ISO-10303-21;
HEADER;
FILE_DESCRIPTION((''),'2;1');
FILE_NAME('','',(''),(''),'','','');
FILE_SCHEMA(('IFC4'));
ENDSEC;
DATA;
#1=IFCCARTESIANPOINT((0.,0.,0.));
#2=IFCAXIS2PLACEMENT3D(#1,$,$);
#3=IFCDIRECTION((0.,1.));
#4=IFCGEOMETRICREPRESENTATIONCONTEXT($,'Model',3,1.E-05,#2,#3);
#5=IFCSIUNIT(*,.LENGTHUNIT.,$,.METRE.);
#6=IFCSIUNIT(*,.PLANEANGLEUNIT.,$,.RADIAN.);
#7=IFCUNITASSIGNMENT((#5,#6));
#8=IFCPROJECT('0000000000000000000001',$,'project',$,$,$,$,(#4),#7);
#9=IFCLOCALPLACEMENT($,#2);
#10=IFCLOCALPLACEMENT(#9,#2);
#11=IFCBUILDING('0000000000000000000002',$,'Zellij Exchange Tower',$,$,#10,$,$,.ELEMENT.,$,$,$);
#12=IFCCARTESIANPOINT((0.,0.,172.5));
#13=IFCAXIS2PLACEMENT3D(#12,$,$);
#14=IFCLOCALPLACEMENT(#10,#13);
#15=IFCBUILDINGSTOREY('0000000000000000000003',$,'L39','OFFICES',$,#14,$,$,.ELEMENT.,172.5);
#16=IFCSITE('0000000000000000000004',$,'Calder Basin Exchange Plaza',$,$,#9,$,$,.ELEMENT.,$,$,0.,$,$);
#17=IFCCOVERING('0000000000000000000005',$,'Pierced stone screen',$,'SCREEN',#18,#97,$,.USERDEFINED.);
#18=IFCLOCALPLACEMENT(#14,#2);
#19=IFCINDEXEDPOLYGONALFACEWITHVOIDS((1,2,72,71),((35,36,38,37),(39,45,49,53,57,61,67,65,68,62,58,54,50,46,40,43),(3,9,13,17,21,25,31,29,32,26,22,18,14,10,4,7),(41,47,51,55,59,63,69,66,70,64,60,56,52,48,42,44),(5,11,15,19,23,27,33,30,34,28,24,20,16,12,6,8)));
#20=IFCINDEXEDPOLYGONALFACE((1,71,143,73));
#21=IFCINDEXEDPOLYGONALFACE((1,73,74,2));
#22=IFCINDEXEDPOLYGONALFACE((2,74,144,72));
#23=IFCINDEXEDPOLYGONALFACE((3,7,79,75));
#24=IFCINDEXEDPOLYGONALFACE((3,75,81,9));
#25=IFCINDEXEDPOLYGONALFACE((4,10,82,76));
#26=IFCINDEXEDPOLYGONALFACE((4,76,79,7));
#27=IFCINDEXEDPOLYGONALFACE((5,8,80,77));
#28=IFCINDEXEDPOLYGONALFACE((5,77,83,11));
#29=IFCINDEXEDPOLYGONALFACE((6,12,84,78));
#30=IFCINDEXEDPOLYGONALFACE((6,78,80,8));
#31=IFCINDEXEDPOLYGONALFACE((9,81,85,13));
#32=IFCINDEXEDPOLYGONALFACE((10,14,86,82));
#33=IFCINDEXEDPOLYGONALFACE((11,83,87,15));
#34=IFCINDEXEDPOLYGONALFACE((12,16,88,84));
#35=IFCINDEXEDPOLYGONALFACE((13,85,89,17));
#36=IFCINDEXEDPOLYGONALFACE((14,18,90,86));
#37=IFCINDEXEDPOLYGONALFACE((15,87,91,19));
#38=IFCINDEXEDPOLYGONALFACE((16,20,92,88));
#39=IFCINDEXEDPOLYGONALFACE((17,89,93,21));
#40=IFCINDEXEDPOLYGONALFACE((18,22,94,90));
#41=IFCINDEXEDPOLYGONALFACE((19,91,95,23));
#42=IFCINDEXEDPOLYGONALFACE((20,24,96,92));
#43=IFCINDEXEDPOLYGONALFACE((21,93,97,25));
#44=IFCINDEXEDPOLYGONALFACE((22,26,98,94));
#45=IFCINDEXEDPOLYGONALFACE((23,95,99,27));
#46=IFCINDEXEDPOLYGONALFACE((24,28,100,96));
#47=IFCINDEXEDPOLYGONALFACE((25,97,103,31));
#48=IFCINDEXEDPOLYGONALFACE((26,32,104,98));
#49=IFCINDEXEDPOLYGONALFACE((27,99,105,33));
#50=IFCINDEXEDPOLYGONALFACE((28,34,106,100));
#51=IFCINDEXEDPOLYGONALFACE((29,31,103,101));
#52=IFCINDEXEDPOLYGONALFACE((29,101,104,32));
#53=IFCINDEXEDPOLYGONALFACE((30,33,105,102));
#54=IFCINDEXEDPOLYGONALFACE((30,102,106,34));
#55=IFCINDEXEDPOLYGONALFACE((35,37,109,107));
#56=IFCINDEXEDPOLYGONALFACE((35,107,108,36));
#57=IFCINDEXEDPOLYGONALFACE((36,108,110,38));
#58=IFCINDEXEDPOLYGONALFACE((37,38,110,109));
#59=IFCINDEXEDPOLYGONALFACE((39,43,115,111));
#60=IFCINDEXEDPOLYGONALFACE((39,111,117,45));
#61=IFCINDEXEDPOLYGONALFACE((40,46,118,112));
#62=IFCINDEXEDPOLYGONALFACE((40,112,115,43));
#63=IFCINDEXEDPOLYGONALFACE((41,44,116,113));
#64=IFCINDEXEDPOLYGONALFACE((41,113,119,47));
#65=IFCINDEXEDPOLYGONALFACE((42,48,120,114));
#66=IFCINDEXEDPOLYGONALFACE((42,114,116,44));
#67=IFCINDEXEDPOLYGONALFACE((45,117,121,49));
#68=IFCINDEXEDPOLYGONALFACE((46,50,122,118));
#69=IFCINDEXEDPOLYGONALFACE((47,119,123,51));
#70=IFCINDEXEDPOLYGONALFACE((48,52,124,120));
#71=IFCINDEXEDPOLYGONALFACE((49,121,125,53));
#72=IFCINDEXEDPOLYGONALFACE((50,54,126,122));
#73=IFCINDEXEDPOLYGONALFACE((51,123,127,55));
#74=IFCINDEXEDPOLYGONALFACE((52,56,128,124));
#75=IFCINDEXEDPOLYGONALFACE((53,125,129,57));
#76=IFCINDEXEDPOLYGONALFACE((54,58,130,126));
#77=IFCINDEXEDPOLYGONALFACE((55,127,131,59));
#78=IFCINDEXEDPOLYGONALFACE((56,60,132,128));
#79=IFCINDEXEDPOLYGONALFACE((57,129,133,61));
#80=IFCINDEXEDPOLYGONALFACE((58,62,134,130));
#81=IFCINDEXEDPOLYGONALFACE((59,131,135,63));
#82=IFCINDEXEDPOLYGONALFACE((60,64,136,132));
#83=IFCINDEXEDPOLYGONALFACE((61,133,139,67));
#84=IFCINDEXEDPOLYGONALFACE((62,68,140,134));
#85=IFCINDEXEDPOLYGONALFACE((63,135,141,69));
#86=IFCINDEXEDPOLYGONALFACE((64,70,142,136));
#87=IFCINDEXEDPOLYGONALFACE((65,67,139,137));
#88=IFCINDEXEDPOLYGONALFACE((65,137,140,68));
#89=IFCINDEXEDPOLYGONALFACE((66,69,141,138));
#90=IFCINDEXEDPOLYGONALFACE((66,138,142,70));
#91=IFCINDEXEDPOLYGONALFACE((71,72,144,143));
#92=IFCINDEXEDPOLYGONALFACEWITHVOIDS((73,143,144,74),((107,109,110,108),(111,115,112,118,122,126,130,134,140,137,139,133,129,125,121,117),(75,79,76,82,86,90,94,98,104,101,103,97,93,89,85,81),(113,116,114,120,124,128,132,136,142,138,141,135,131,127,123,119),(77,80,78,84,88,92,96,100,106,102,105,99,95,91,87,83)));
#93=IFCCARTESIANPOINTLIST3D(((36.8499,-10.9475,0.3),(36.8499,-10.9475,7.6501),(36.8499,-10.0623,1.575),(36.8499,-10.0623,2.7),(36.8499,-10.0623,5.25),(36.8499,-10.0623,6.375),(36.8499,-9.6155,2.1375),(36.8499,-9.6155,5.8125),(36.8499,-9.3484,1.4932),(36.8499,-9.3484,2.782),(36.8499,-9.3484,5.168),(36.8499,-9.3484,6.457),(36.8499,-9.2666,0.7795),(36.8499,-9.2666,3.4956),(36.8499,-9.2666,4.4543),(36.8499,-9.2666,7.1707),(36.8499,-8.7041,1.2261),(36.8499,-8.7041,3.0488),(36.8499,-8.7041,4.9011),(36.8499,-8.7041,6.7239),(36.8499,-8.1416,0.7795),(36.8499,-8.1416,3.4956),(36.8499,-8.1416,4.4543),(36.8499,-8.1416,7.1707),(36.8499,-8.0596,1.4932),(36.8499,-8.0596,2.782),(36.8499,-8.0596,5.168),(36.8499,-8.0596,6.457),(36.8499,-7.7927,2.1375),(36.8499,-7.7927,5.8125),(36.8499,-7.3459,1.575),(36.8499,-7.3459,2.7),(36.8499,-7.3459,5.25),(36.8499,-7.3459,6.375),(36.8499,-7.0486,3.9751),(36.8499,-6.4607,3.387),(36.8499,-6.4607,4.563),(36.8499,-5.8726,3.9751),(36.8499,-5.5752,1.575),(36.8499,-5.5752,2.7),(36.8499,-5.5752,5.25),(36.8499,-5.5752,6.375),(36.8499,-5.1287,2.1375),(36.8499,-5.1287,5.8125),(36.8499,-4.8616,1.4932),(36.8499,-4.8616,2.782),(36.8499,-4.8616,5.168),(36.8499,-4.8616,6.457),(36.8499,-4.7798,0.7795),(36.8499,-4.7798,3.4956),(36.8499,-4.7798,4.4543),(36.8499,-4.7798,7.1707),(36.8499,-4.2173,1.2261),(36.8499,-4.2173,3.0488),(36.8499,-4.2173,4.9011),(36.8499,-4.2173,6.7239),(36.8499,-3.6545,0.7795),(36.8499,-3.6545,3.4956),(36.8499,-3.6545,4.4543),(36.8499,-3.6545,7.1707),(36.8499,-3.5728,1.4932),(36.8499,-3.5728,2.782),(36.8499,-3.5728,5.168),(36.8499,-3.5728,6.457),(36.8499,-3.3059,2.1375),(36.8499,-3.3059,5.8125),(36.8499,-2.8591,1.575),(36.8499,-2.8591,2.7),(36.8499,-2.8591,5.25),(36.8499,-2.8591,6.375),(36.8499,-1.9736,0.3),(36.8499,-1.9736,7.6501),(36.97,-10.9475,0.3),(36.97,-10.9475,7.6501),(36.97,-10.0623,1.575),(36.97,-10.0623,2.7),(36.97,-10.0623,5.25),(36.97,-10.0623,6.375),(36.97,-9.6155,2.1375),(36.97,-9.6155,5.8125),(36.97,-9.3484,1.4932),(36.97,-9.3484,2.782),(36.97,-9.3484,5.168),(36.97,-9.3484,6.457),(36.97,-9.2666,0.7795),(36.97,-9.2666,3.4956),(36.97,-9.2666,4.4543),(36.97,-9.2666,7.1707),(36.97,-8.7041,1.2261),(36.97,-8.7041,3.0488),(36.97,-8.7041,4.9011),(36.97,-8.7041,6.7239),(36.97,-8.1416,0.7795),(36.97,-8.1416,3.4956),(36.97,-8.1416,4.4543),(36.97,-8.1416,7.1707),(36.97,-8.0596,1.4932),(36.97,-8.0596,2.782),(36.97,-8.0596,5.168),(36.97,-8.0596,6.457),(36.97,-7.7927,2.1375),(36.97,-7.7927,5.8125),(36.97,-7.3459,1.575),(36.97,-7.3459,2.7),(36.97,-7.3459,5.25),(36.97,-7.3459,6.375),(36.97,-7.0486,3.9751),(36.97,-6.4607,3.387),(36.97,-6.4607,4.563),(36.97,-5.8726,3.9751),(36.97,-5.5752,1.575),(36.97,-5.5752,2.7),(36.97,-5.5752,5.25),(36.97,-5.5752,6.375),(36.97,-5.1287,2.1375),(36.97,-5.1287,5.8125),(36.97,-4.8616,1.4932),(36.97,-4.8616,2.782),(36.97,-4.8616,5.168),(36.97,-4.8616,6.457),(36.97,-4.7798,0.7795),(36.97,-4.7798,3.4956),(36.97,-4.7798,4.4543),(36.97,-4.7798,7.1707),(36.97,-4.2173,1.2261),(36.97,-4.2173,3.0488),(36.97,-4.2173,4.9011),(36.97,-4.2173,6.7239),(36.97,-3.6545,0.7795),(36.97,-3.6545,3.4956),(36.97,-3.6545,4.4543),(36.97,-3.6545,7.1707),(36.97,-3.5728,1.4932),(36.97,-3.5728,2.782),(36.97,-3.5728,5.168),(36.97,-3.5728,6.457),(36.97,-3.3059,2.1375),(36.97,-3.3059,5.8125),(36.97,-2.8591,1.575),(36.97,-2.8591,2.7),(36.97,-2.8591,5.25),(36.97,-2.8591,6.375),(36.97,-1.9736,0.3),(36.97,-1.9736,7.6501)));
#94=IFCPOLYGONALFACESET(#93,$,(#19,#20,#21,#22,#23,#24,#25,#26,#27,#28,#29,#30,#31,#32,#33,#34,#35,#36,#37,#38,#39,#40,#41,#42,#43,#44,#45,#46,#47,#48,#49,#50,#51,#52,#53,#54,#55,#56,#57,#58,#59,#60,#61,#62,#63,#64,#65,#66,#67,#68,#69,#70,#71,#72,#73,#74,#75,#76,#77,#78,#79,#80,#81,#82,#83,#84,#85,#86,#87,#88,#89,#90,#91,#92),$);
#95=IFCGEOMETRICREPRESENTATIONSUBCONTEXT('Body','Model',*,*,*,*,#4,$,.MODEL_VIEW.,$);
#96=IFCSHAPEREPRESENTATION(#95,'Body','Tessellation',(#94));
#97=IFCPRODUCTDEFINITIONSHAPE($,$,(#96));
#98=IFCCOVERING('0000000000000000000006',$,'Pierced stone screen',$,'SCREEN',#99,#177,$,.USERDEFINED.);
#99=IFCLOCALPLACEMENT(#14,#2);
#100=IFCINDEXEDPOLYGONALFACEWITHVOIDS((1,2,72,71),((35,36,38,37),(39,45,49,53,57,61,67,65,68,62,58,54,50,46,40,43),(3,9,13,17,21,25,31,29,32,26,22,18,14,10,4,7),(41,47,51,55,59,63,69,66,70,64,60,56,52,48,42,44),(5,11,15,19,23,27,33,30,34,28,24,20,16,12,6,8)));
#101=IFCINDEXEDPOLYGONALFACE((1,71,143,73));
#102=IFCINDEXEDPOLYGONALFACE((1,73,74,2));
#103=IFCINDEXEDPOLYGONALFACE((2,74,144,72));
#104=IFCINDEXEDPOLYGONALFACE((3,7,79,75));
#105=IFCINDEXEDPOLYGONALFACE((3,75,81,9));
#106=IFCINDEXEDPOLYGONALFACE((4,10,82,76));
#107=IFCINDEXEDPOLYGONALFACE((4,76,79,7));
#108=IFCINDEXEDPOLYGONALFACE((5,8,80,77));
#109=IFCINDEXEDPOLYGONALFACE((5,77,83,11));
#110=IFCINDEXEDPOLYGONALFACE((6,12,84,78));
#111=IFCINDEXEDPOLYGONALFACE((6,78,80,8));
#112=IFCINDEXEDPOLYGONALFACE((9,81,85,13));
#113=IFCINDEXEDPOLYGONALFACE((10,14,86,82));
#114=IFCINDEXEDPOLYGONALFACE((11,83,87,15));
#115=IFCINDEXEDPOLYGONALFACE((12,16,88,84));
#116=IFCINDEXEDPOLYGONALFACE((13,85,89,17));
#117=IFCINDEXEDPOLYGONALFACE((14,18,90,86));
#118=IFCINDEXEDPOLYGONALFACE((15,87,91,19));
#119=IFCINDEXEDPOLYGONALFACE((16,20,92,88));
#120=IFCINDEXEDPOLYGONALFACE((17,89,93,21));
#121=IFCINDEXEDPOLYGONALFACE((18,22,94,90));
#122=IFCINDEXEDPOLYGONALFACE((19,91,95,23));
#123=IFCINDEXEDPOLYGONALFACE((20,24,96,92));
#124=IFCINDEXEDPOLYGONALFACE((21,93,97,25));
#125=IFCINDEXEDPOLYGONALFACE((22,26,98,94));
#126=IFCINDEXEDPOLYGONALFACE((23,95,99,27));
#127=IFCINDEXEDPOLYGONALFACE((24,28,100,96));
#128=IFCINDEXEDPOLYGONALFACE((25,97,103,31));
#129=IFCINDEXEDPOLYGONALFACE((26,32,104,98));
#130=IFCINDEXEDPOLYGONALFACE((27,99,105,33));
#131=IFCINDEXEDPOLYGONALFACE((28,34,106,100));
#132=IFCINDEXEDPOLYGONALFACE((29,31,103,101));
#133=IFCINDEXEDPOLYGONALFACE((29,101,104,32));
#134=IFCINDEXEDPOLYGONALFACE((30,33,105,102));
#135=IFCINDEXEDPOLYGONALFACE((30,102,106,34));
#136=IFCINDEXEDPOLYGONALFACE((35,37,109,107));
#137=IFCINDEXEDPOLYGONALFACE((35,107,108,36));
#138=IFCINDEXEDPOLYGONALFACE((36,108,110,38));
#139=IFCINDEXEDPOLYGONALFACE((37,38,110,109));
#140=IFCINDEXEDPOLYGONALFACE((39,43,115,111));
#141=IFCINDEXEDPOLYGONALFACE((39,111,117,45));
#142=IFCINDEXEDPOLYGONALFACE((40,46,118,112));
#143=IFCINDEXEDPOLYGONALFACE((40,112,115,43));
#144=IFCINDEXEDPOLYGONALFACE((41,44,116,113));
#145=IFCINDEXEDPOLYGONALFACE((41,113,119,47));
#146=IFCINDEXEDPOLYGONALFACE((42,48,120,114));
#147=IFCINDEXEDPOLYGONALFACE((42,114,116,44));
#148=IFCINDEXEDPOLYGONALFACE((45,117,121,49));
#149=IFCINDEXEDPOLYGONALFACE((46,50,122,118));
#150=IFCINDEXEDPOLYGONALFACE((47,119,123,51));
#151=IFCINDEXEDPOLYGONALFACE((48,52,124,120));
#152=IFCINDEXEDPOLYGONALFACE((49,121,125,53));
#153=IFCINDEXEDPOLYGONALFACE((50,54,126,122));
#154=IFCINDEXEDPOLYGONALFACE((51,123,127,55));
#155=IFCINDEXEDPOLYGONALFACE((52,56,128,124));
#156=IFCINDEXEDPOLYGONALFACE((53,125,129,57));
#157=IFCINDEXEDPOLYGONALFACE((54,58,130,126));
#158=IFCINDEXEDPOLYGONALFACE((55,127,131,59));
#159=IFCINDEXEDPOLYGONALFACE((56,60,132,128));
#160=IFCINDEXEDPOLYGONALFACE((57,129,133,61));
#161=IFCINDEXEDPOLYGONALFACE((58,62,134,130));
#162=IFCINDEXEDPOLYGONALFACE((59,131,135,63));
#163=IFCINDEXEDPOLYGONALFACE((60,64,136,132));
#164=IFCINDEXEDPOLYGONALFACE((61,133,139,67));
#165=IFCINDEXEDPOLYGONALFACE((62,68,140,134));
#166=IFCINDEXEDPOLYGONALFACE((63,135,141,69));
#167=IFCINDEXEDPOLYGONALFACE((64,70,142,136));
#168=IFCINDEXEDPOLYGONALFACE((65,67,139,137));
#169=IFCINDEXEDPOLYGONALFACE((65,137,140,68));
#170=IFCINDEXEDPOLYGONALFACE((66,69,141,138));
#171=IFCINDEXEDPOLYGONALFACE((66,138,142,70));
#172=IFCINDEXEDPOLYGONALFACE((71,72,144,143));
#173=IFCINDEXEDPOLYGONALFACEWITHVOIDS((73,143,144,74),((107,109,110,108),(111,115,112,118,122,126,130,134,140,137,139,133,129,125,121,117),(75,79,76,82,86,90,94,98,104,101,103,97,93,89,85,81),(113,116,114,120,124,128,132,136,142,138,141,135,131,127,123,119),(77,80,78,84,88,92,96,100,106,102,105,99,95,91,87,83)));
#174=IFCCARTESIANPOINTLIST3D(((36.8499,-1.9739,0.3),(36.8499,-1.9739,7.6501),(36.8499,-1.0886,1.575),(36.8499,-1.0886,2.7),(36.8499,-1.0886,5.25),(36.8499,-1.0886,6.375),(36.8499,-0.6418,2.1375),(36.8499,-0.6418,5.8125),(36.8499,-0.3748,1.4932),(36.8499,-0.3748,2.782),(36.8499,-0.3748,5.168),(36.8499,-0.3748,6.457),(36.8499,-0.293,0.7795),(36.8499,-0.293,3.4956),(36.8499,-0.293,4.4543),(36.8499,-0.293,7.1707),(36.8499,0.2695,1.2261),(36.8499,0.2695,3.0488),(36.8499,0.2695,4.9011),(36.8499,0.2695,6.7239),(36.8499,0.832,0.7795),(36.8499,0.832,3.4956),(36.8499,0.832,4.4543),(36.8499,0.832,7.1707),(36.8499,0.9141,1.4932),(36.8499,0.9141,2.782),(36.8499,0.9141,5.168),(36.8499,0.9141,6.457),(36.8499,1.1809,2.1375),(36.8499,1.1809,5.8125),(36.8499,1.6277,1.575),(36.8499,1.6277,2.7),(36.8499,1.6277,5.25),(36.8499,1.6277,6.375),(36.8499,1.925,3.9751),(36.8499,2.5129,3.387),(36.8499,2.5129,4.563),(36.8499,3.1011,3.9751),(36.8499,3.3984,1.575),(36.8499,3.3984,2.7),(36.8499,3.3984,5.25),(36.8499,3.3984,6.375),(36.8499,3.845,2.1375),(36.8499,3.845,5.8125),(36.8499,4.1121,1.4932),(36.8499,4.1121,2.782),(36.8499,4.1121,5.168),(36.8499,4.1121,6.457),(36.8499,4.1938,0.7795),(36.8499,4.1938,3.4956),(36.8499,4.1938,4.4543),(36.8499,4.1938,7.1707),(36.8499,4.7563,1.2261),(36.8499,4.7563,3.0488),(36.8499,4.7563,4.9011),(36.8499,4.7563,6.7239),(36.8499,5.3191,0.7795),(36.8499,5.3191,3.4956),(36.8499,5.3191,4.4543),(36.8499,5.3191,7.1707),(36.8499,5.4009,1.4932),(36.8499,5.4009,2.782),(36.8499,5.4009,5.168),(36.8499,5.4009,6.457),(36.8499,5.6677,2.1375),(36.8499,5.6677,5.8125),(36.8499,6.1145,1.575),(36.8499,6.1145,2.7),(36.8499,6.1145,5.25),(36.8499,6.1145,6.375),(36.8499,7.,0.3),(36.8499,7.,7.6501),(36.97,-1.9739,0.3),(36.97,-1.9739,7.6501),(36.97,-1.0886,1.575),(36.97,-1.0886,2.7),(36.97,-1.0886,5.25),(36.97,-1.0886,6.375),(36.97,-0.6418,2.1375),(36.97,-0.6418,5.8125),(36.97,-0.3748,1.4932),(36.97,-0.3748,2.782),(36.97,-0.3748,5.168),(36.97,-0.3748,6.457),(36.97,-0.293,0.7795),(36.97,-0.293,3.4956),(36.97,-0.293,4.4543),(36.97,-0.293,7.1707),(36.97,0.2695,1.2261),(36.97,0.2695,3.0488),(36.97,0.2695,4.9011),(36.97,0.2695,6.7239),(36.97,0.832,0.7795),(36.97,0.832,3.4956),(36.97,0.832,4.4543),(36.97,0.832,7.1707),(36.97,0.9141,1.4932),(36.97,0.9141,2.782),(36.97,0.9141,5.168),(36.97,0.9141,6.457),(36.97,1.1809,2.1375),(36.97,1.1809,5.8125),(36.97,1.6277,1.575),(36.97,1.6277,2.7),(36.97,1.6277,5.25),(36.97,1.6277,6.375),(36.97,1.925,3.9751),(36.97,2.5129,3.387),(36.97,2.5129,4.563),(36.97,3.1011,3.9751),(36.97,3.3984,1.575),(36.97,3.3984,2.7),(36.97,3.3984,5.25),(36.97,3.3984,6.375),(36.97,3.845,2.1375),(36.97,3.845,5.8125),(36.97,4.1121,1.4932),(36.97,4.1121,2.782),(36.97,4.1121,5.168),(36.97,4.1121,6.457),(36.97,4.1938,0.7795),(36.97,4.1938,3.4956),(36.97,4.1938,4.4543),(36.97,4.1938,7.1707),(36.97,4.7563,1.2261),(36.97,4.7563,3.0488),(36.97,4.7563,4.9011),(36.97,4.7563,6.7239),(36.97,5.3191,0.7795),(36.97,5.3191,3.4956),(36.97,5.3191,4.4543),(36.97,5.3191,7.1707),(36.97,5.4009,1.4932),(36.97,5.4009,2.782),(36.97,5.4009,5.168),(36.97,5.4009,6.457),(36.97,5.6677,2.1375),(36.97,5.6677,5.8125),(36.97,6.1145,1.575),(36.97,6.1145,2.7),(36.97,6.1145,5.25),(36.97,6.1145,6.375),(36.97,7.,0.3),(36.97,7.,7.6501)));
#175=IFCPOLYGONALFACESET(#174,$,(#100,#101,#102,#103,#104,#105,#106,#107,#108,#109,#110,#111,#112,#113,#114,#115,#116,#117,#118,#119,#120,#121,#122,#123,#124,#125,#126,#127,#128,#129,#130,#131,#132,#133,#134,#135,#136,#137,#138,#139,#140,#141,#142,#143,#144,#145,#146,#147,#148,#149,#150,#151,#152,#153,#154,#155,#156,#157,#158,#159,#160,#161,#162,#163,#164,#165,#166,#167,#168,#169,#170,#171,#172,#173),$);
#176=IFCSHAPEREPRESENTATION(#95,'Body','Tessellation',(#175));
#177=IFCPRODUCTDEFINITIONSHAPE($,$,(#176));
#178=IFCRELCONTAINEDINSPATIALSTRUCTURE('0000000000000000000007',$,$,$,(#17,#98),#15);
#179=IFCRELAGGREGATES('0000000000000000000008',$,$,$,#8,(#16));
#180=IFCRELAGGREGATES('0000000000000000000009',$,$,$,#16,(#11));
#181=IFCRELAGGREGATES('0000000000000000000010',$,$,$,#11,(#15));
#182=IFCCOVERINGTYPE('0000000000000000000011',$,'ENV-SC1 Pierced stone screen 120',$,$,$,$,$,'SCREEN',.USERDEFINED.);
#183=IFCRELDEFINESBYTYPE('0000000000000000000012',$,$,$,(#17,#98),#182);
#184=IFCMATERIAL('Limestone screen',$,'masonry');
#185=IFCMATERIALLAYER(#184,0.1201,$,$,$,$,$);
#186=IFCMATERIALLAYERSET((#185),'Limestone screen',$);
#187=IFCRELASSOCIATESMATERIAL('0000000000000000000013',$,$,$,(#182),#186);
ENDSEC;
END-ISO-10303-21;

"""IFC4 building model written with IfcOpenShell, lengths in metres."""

from ifc_helpers import new_model, si_unit, direction, frame, origin, place, context, subcontext, project, spatial, polyline, outline, extrude, material, layer, layer_set, type_object, element, save


model = new_model("IFC4")

# Units and contexts
model_context = context("Model", 3, precision=1e-05, world=origin(), true_north=direction((0.0, 1.0)))
body_context = subcontext(model_context, "Body", "Model", "MODEL_VIEW")
ifc_project = project(units=[si_unit("LENGTHUNIT", "METRE"), si_unit("PLANEANGLEUNIT", "RADIAN")], contexts=[model_context])

# Site, building, storey
site_placement = place(None, origin())
site = spatial("IfcSite", under=ifc_project, at=site_placement, Name="Calder Basin Exchange Plaza", CompositionType="ELEMENT", RefElevation=0.0)
building_placement = place(site_placement, origin())
building = spatial("IfcBuilding", under=site, at=building_placement, Name="Zellij Exchange Tower", CompositionType="ELEMENT")
storey_placement = place(building_placement, frame((0.0, 0.0, 172.5)))
storey = spatial("IfcBuildingStorey", under=building, at=storey_placement, Name="L39", Description="OFFICES", CompositionType="ELEMENT", Elevation=172.5)

# Coverings
ifc_material_1 = material(Name="Limestone screen", Category="masonry")
ifc_layer_1 = layer(ifc_material_1, 0.1201)
ifc_layer_set_1 = layer_set([ifc_layer_1], Name="Limestone screen")
covering_type = type_object("IfcCoveringType", Name="ENV-SC1 Pierced stone screen 120", ElementType="SCREEN", PredefinedType="USERDEFINED", material=ifc_layer_set_1)
covering_1_placement = place(storey_placement, frame((36.9099, -10.9475, 0.3), z_axis=(0.0, 0.0, 1.0), x_axis=(0.0, 1.0, 0.0)))
element("IfcCovering", 1, at=covering_1_placement, inside=storey, type_object=covering_type, Name="Pierced stone screen", ObjectType="SCREEN", PredefinedType="USERDEFINED", context=body_context, shape_type="SweptSolid", body=[
    extrude(outline(polyline([(0.0, 0.0), (8.9739, 0.0), (8.9739, 7.3501), (0.0, 7.3501), (0.0, 0.0)]), holes=[polyline([(3.6016, 2.3999), (2.8879, 2.4819), (2.8059, 3.1956), (2.2434, 2.7488), (1.6809, 3.1956), (1.5991, 2.4819), (0.8853, 2.3999), (1.332, 1.8374), (0.8853, 1.2749), (1.5991, 1.1931), (1.6809, 0.4795), (2.2434, 0.926), (2.8059, 0.4795), (2.8879, 1.1931), (3.6016, 1.2749), (3.1548, 1.8374), (3.6016, 2.3999)]), polyline([(3.6016, 6.075), (2.8879, 6.157), (2.8059, 6.8706), (2.2434, 6.4238), (1.6809, 6.8706), (1.5991, 6.157), (0.8853, 6.075), (1.332, 5.5125), (0.8853, 4.95), (1.5991, 4.8679), (1.6809, 4.1543), (2.2434, 4.6011), (2.8059, 4.1543), (2.8879, 4.8679), (3.6016, 4.95), (3.1548, 5.5125), (3.6016, 6.075)]), polyline([(8.0884, 2.3999), (7.3748, 2.4819), (7.293, 3.1956), (6.7302, 2.7488), (6.1677, 3.1956), (6.0859, 2.4819), (5.3723, 2.3999), (5.8188, 1.8374), (5.3723, 1.2749), (6.0859, 1.1931), (6.1677, 0.4795), (6.7302, 0.926), (7.293, 0.4795), (7.3748, 1.1931), (8.0884, 1.2749), (7.6416, 1.8374), (8.0884, 2.3999)]), polyline([(8.0884, 6.075), (7.3748, 6.157), (7.293, 6.8706), (6.7302, 6.4238), (6.1677, 6.8706), (6.0859, 6.157), (5.3723, 6.075), (5.8188, 5.5125), (5.3723, 4.95), (6.0859, 4.8679), (6.1677, 4.1543), (6.7302, 4.6011), (7.293, 4.1543), (7.3748, 4.8679), (8.0884, 4.95), (7.6416, 5.5125), (8.0884, 6.075)]), polyline([(5.075, 3.675), (4.4868, 4.2629), (3.8989, 3.675), (4.4868, 3.0869), (5.075, 3.675)])]), frame((0.0, 0.0601, 0.0), z_axis=(0.0, -1.0, 0.0), x_axis=(1.0, 0.0, 0.0)), (0.0, 0.0, 1.0), 0.1201),
])
covering_2_placement = place(storey_placement, frame((36.9099, -1.9739, 0.3), z_axis=(0.0, 0.0, 1.0), x_axis=(0.0, 1.0, 0.0)))
element("IfcCovering", 2, at=covering_2_placement, inside=storey, type_object=covering_type, Name="Pierced stone screen", ObjectType="SCREEN", PredefinedType="USERDEFINED", context=body_context, shape_type="SweptSolid", body=[
    extrude(outline(polyline([(0.0, 0.0), (8.9739, 0.0), (8.9739, 7.3501), (0.0, 7.3501), (0.0, 0.0)]), holes=[polyline([(3.6016, 2.3999), (2.8879, 2.4819), (2.8059, 3.1956), (2.2434, 2.7488), (1.6809, 3.1956), (1.5991, 2.4819), (0.8853, 2.3999), (1.332, 1.8374), (0.8853, 1.2749), (1.5991, 1.1931), (1.6809, 0.4795), (2.2434, 0.926), (2.8059, 0.4795), (2.8879, 1.1931), (3.6016, 1.2749), (3.1548, 1.8374), (3.6016, 2.3999)]), polyline([(3.6016, 6.075), (2.8879, 6.157), (2.8059, 6.8706), (2.2434, 6.4238), (1.6809, 6.8706), (1.5991, 6.157), (0.8853, 6.075), (1.332, 5.5125), (0.8853, 4.95), (1.5991, 4.8679), (1.6809, 4.1543), (2.2434, 4.6011), (2.8059, 4.1543), (2.8879, 4.8679), (3.6016, 4.95), (3.1548, 5.5125), (3.6016, 6.075)]), polyline([(8.0884, 2.3999), (7.3748, 2.4819), (7.293, 3.1956), (6.7302, 2.7488), (6.1677, 3.1956), (6.0859, 2.4819), (5.3723, 2.3999), (5.8188, 1.8374), (5.3723, 1.2749), (6.0859, 1.1931), (6.1677, 0.4795), (6.7302, 0.926), (7.293, 0.4795), (7.3748, 1.1931), (8.0884, 1.2749), (7.6416, 1.8374), (8.0884, 2.3999)]), polyline([(8.0884, 6.075), (7.3748, 6.157), (7.293, 6.8706), (6.7302, 6.4238), (6.1677, 6.8706), (6.0859, 6.157), (5.3723, 6.075), (5.8188, 5.5125), (5.3723, 4.95), (6.0859, 4.8679), (6.1677, 4.1543), (6.7302, 4.6011), (7.293, 4.1543), (7.3748, 4.8679), (8.0884, 4.95), (7.6416, 5.5125), (8.0884, 6.075)]), polyline([(5.075, 3.675), (4.4868, 4.2629), (3.8989, 3.675), (4.4868, 3.0869), (5.075, 3.675)])]), frame((0.0, 0.0601, 0.0), z_axis=(0.0, -1.0, 0.0), x_axis=(1.0, 0.0, 0.0)), (0.0, 0.0, 1.0), 0.1201),
])

save(model, "model.ifc")
